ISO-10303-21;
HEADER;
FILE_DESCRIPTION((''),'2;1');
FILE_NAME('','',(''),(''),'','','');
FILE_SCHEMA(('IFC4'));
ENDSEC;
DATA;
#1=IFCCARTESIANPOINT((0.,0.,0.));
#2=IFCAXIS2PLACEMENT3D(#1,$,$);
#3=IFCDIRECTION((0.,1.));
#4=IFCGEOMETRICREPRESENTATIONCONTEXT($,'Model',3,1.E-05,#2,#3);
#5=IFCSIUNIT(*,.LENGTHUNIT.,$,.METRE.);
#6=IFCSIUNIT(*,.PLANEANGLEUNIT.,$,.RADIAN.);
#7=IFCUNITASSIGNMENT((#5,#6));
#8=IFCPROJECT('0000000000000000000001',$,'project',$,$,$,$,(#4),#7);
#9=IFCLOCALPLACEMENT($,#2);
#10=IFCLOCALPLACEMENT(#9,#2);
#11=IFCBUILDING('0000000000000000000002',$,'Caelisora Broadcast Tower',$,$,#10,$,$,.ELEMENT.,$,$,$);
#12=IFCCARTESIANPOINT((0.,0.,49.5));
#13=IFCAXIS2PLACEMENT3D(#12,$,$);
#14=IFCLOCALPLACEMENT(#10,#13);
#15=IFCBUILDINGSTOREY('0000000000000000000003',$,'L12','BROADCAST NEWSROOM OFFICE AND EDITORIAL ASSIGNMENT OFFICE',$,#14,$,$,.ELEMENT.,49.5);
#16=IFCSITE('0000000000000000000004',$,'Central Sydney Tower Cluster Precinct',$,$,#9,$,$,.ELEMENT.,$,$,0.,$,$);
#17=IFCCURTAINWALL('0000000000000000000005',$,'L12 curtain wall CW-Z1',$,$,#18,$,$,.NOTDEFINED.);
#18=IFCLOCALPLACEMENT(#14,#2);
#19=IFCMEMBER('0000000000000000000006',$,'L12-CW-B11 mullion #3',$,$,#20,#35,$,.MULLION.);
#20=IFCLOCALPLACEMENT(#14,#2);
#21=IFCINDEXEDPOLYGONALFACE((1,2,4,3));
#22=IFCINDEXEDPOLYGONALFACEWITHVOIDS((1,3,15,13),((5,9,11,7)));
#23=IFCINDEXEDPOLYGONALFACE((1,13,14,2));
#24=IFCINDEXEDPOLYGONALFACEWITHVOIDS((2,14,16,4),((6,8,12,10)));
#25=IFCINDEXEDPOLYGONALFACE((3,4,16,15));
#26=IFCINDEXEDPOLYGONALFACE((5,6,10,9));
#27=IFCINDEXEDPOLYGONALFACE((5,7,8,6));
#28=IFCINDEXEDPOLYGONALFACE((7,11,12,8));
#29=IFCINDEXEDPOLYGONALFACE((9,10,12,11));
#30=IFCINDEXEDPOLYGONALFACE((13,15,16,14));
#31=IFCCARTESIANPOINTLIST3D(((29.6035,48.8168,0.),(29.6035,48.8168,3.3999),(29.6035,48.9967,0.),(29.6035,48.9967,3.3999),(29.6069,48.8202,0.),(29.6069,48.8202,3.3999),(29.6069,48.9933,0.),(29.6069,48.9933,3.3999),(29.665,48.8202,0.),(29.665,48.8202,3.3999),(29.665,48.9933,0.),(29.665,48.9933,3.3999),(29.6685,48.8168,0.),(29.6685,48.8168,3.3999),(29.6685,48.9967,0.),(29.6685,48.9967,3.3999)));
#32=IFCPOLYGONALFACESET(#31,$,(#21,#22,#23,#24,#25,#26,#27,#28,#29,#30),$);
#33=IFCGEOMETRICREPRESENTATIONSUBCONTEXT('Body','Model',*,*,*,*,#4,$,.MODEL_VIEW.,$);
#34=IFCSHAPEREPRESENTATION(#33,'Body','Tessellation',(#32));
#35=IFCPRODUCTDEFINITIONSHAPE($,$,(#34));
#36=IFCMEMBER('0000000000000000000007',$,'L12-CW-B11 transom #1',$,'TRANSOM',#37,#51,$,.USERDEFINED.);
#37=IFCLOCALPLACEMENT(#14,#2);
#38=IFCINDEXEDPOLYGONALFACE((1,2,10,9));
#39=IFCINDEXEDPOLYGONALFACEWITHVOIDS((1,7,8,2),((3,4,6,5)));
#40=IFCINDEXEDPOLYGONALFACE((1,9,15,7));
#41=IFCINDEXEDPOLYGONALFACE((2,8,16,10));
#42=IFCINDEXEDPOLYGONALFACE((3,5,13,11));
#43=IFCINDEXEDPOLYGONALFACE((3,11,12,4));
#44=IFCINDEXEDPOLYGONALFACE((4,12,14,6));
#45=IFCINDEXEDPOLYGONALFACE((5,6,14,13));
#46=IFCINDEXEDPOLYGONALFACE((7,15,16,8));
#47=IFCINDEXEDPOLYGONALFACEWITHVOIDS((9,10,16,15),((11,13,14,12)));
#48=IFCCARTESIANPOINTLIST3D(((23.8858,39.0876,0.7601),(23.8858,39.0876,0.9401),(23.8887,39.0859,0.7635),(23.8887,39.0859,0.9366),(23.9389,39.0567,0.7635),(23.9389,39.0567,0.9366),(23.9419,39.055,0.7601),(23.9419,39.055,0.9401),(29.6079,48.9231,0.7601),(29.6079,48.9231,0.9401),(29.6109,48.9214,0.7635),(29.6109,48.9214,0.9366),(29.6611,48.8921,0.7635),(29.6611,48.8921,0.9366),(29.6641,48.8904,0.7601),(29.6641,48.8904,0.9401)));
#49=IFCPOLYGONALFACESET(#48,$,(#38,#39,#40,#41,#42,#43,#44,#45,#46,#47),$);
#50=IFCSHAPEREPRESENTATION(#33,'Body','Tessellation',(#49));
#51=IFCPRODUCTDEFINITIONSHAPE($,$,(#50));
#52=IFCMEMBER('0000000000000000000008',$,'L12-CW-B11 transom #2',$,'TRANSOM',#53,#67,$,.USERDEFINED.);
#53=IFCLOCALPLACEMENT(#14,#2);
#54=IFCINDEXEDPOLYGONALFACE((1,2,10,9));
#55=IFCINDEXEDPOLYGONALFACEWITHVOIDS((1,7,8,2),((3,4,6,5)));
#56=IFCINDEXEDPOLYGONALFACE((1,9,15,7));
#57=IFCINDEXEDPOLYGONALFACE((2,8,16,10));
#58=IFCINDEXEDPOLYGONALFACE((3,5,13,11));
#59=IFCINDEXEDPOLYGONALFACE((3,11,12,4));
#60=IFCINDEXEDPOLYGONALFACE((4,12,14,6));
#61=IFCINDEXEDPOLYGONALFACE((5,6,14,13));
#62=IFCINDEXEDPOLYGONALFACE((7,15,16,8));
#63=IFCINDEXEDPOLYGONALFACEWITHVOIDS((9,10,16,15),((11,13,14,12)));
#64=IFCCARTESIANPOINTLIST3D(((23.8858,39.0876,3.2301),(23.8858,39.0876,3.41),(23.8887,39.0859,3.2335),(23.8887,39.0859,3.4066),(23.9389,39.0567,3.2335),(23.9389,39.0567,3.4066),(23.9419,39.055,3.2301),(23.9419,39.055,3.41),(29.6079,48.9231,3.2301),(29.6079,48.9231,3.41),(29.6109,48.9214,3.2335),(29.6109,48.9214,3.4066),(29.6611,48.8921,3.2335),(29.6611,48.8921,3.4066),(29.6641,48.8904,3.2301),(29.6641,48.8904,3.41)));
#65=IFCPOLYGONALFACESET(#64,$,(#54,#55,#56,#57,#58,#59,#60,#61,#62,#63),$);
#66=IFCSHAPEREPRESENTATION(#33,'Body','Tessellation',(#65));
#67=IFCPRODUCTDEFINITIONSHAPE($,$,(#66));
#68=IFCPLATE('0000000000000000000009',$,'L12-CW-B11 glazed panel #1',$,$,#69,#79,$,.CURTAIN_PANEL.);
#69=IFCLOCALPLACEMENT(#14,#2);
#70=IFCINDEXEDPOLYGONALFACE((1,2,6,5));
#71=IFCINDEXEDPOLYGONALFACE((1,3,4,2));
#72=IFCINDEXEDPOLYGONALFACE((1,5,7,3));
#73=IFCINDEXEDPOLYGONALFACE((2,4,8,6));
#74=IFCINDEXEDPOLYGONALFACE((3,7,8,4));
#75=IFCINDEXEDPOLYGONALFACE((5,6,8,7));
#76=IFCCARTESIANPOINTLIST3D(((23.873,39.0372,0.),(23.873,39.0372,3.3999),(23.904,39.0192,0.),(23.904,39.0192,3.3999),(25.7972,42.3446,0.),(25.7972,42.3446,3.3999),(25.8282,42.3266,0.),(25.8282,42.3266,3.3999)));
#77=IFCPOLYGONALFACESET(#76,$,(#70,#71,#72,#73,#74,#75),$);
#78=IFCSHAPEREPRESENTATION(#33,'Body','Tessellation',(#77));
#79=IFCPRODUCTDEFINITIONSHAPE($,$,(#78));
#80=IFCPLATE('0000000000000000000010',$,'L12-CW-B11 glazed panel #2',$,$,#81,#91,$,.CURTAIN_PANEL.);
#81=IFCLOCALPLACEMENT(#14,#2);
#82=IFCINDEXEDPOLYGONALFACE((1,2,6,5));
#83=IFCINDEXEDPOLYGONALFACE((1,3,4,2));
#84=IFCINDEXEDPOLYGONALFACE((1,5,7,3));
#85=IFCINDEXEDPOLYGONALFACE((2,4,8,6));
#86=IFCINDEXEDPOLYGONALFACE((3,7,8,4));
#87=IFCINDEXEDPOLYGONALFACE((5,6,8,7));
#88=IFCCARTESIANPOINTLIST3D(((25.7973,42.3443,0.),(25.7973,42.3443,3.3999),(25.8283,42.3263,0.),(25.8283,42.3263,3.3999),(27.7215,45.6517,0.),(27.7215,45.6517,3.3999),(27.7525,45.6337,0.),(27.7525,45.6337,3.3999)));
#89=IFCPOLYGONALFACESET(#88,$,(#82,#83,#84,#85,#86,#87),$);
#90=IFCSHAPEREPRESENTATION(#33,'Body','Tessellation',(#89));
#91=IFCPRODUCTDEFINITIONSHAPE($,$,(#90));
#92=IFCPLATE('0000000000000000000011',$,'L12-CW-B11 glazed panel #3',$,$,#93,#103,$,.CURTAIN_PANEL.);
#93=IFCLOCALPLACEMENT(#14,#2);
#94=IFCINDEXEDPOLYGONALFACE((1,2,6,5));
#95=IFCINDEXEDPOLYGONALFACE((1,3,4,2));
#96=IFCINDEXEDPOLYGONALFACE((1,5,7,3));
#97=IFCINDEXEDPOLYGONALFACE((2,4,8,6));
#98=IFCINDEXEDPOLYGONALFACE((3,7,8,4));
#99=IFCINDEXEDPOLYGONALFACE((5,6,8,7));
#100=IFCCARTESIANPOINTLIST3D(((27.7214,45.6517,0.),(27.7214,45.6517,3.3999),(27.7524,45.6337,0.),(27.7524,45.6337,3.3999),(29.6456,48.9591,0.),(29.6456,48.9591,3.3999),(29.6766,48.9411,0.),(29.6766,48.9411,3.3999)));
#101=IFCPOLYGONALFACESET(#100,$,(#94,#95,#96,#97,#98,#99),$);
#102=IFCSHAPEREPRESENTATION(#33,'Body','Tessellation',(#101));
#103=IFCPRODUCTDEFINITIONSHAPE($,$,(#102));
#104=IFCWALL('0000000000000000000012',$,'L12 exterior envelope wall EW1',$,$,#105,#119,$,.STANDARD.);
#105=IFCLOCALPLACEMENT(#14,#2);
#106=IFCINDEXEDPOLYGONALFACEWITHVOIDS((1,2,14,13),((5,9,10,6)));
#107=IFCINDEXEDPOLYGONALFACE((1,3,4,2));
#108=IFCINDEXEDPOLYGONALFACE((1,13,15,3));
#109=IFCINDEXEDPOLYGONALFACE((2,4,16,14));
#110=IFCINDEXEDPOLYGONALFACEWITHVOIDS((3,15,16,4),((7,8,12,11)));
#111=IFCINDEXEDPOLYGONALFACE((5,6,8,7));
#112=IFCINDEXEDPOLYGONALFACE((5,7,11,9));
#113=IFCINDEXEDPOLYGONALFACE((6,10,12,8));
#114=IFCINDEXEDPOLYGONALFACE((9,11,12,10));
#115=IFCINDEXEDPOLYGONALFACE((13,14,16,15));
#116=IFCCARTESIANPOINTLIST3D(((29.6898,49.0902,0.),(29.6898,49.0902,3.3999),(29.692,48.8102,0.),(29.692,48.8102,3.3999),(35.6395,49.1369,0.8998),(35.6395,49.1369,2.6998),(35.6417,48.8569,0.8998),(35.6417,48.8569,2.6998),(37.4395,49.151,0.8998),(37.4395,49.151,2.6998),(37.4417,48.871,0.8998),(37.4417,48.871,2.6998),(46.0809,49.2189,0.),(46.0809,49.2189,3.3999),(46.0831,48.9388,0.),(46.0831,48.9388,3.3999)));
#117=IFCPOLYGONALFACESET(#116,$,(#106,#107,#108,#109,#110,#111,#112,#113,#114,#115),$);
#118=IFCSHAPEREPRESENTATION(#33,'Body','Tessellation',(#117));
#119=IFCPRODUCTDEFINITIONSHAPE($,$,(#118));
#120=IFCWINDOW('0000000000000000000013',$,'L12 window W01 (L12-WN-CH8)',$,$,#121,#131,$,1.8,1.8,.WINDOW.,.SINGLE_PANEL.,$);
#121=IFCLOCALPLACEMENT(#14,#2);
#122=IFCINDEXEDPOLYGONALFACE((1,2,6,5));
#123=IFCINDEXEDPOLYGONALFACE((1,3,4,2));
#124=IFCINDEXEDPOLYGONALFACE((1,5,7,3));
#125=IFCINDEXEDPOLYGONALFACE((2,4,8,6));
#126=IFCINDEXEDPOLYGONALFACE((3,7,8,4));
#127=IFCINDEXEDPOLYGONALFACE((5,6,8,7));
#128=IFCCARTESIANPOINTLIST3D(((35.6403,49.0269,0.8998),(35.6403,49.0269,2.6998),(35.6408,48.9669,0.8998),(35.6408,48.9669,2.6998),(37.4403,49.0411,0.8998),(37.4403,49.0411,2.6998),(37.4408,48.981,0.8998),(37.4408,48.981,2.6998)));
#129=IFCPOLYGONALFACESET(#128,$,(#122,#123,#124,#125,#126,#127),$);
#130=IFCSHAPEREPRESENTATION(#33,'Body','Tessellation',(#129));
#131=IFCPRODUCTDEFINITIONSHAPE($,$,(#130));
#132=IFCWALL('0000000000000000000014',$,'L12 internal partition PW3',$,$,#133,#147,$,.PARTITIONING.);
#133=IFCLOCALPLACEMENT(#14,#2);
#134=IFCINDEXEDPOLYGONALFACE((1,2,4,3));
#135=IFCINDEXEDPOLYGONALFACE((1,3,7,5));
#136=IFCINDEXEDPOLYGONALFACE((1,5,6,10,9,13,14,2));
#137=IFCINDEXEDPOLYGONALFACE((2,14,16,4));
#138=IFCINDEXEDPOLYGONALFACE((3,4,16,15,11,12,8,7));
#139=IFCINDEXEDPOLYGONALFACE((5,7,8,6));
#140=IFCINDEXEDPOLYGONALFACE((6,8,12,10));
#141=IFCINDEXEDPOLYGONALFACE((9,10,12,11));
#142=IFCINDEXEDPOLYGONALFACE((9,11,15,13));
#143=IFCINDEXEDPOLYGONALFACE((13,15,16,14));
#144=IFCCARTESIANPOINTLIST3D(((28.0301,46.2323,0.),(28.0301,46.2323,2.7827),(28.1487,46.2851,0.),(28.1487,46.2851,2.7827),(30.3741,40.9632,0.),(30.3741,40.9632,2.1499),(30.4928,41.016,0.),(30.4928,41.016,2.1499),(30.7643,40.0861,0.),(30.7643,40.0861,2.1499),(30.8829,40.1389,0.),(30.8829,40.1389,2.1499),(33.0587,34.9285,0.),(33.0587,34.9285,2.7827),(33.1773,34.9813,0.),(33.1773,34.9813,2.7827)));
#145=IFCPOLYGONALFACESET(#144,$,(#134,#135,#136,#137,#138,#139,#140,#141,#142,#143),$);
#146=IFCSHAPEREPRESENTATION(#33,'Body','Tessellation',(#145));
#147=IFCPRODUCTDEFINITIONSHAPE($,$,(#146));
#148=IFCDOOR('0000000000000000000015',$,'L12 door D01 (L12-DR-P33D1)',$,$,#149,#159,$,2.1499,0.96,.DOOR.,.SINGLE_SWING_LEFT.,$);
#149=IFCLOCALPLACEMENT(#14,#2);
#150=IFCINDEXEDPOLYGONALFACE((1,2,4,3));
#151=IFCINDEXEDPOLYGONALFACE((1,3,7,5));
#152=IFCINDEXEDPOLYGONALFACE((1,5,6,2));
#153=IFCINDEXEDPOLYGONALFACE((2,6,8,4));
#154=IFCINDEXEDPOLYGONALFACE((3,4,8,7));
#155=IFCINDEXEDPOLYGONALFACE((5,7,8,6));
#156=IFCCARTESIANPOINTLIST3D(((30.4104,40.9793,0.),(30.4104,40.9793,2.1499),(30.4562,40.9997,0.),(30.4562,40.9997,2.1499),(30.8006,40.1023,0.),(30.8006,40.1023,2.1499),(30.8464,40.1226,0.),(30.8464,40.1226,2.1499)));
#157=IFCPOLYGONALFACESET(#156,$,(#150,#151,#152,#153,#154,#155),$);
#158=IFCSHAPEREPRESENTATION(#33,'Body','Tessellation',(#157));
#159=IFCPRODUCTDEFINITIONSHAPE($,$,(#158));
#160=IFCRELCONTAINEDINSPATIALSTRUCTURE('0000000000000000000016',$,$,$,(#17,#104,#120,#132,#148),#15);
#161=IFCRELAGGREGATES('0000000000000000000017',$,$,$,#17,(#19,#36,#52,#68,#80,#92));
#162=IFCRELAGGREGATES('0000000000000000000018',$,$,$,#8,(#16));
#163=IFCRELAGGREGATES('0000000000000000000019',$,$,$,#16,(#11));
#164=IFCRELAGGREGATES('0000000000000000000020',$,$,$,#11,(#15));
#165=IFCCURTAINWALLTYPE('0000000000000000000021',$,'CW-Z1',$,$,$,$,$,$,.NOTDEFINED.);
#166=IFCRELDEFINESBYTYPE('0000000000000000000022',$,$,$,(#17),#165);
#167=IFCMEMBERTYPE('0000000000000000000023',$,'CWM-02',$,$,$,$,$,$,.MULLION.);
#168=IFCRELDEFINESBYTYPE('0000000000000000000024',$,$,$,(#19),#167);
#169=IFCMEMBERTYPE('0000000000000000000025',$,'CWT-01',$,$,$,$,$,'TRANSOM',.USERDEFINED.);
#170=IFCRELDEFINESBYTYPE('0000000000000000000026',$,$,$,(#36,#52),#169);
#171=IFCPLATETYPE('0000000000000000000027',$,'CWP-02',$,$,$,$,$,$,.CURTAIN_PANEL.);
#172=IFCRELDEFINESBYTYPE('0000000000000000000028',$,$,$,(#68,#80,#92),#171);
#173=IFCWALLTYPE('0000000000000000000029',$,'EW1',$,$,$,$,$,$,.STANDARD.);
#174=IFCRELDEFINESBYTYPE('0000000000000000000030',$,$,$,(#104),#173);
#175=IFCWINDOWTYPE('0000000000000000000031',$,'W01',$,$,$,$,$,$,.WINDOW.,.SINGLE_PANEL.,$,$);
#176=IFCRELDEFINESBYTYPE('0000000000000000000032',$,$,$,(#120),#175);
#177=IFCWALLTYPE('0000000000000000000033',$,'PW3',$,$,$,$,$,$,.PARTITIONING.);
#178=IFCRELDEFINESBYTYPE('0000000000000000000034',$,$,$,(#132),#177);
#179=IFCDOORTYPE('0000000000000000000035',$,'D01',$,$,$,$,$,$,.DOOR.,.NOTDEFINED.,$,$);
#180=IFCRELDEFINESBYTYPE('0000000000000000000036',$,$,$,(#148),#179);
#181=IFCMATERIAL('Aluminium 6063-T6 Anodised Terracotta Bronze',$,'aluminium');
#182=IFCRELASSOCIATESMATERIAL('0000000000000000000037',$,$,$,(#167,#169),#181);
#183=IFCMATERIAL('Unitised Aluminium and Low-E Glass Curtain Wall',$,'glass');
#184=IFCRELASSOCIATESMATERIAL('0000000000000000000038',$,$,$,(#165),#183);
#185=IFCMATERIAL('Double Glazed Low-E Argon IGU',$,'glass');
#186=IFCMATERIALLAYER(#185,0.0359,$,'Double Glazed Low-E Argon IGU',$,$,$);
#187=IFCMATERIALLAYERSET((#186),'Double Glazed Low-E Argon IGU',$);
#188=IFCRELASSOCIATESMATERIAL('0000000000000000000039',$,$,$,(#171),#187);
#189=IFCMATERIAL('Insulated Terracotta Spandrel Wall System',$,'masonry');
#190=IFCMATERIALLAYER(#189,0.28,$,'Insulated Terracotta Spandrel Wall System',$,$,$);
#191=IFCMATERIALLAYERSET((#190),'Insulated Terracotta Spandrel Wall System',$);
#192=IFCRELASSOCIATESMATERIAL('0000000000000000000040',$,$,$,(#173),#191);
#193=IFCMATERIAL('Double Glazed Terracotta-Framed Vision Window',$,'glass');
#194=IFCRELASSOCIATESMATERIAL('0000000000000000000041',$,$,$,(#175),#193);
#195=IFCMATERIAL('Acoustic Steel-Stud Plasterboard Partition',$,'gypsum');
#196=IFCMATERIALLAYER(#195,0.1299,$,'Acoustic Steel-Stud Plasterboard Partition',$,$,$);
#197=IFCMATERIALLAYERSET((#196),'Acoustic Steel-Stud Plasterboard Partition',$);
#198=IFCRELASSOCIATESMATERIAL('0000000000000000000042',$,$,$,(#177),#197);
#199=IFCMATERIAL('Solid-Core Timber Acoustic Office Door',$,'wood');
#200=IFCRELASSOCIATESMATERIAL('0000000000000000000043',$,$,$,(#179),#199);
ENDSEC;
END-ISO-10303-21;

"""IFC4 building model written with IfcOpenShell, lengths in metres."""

from ifc_helpers import new_model, si_unit, direction, frame, frame_2d, origin, origin_2d, place, context, subcontext, project, spatial, rectangle, hollow_rectangle, extrude, source, transform, mapped, material, layer, layer_set, material_profile, profile_set, type_object, type_shapes, element, fill, aggregate, save


model = new_model("IFC4")

# Units and contexts
model_context = context("Model", 3, precision=1e-05, world=origin(), true_north=direction((0.0, 1.0)))
body_context = subcontext(model_context, "Body", "Model", "MODEL_VIEW")
ifc_project = project(units=[si_unit("LENGTHUNIT", "METRE"), si_unit("PLANEANGLEUNIT", "RADIAN")], contexts=[model_context])

# Site, building, storey
site_placement = place(None, origin())
site = spatial("IfcSite", under=ifc_project, at=site_placement, Name="Central Sydney Tower Cluster Precinct", CompositionType="ELEMENT", RefElevation=0.0)
building_placement = place(site_placement, origin())
building = spatial("IfcBuilding", under=site, at=building_placement, Name="Caelisora Broadcast Tower", CompositionType="ELEMENT")
storey_placement = place(building_placement, frame((0.0, 0.0, 49.5)))
storey = spatial("IfcBuildingStorey", under=building, at=storey_placement, Name="L12", Description="BROADCAST NEWSROOM OFFICE AND EDITORIAL ASSIGNMENT OFFICE", CompositionType="ELEMENT", Elevation=49.5)

# Shared definitions
ifc_material_1 = material(Name="Aluminium 6063-T6 Anodised Terracotta Bronze", Category="aluminium")
ifc_material_profile_1 = material_profile(ifc_material_1, hollow_rectangle(XDim=0.0649, YDim=0.1799, WallThickness=0.0034, at=origin_2d()), Name="Aluminium 6063-T6 Anodised Terracotta Bronze")
ifc_profile_set_1 = profile_set([ifc_material_profile_1], Name="Aluminium 6063-T6 Anodised Terracotta Bronze")
member_type_1 = type_object("IfcMemberType", Name="CWM-02", PredefinedType="MULLION", material=ifc_profile_set_1)
shared_shape_1 = source(origin(), body_context, "Body", "SweptSolid", [
    extrude(hollow_rectangle(XDim=0.0649, YDim=0.1799, WallThickness=0.0034, at=origin_2d()), origin(), (0.0, 0.0, 1.0), 3.3999),
])
type_shapes(member_type_1, [shared_shape_1])

# Curtain wall, members, plates
ifc_material_2 = material(Name="Unitised Aluminium and Low-E Glass Curtain Wall", Category="glass")
curtain_wall_type_1 = type_object("IfcCurtainWallType", Name="CW-Z1", PredefinedType="NOTDEFINED", material=ifc_material_2)
curtain_wall_1_placement = place(storey_placement, origin())
curtain_wall_1 = element("IfcCurtainWall", 1, at=curtain_wall_1_placement, inside=storey, type_object=curtain_wall_type_1, Name="L12 curtain wall CW-Z1", PredefinedType="NOTDEFINED")
member_1_placement = place(storey_placement, frame((29.636, 48.9067, 0.0), z_axis=(0.0, 0.0, 1.0), x_axis=(1.0, 0.0, 0.0)))
member_1 = element("IfcMember", 2, at=member_1_placement, type_object=member_type_1, Name="L12-CW-B11 mullion #3", PredefinedType="MULLION", context=body_context, shape_type="MappedRepresentation", body=[
    mapped(shared_shape_1, transform((0.0, 0.0, 0.0), scale=1.0)),
])
ifc_material_profile_2 = material_profile(ifc_material_1, hollow_rectangle(XDim=0.0649, YDim=0.1799, WallThickness=0.0034, at=origin_2d()), Name="Aluminium 6063-T6 Anodised Terracotta Bronze")
ifc_profile_set_2 = profile_set([ifc_material_profile_2], Name="Aluminium 6063-T6 Anodised Terracotta Bronze")
member_type_2 = type_object("IfcMemberType", Name="CWT-01", ElementType="TRANSOM", PredefinedType="USERDEFINED", material=ifc_profile_set_2)
shared_shape_2 = source(origin(), body_context, "Body", "SweptSolid", [
    extrude(hollow_rectangle(XDim=0.0649, YDim=0.1799, WallThickness=0.0034, at=origin_2d()), origin(), (0.0, 0.0, 1.0), 11.3789),
])
type_shapes(member_type_2, [shared_shape_2])
member_2_placement = place(storey_placement, frame((23.9138, 39.0713, 0.8501), z_axis=(0.502876, 0.864359, 0.0), x_axis=(-0.864359, 0.502876, 0.0)))
member_2 = element("IfcMember", 3, at=member_2_placement, type_object=member_type_2, Name="L12-CW-B11 transom #1", ObjectType="TRANSOM", PredefinedType="USERDEFINED", context=body_context, shape_type="MappedRepresentation", body=[
    mapped(shared_shape_2, transform((0.0, 0.0, 0.0), scale=1.0)),
])
member_3_placement = place(storey_placement, frame((23.9138, 39.0713, 3.3201), z_axis=(0.502876, 0.864359, 0.0), x_axis=(-0.864359, 0.502876, 0.0)))
member_3 = element("IfcMember", 4, at=member_3_placement, type_object=member_type_2, Name="L12-CW-B11 transom #2", ObjectType="TRANSOM", PredefinedType="USERDEFINED", context=body_context, shape_type="MappedRepresentation", body=[
    mapped(shared_shape_2, transform((0.0, 0.0, 0.0), scale=1.0)),
])
ifc_material_3 = material(Name="Double Glazed Low-E Argon IGU", Category="glass")
ifc_layer_1 = layer(ifc_material_3, 0.0359, Name="Double Glazed Low-E Argon IGU")
ifc_layer_set_1 = layer_set([ifc_layer_1], Name="Double Glazed Low-E Argon IGU")
plate_type = type_object("IfcPlateType", Name="CWP-02", PredefinedType="CURTAIN_PANEL", material=ifc_layer_set_1)
shared_shape_3 = source(origin(), body_context, "Body", "SweptSolid", [
    extrude(rectangle(XDim=3.8264, YDim=0.0359, at=origin_2d()), origin(), (0.0, 0.0, 1.0), 3.3999),
])
type_shapes(plate_type, [shared_shape_3])
plate_1_placement = place(storey_placement, frame((24.8506, 40.6819, 0.0), z_axis=(0.0, 0.0, 1.0), x_axis=(0.502869, 0.864363, 0.0)))
plate_1 = element("IfcPlate", 5, at=plate_1_placement, type_object=plate_type, Name="L12-CW-B11 glazed panel #1", PredefinedType="CURTAIN_PANEL", context=body_context, shape_type="MappedRepresentation", body=[
    mapped(shared_shape_3, transform((0.0, 0.0, 0.0), scale=1.0)),
])
plate_2_placement = place(storey_placement, frame((26.7749, 43.989, 0.0), z_axis=(0.0, 0.0, 1.0), x_axis=(0.502869, 0.864363, 0.0)))
plate_2 = element("IfcPlate", 6, at=plate_2_placement, type_object=plate_type, Name="L12-CW-B11 glazed panel #2", PredefinedType="CURTAIN_PANEL", context=body_context, shape_type="MappedRepresentation", body=[
    mapped(shared_shape_3, transform((0.0, 0.0, 0.0), scale=1.0)),
])
plate_3_placement = place(storey_placement, frame((28.699, 47.2964, 0.0), z_axis=(0.0, 0.0, 1.0), x_axis=(0.502869, 0.864363, 0.0)))
plate_3 = element("IfcPlate", 7, at=plate_3_placement, type_object=plate_type, Name="L12-CW-B11 glazed panel #3", PredefinedType="CURTAIN_PANEL", context=body_context, shape_type="MappedRepresentation", body=[
    mapped(shared_shape_3, transform((0.0, 0.0, 0.0), scale=1.0)),
])
aggregate(curtain_wall_1, [member_1, member_2, member_3, plate_1, plate_2, plate_3])

# Wall, opening, window
ifc_material_4 = material(Name="Insulated Terracotta Spandrel Wall System", Category="masonry")
ifc_layer_2 = layer(ifc_material_4, 0.28, Name="Insulated Terracotta Spandrel Wall System")
ifc_layer_set_2 = layer_set([ifc_layer_2], Name="Insulated Terracotta Spandrel Wall System")
wall_type_1 = type_object("IfcWallType", Name="EW1", PredefinedType="STANDARD", material=ifc_layer_set_2)
wall_1_placement = place(storey_placement, frame((29.6909, 48.9502, 0.0), z_axis=(0.0, 0.0, 1.0), x_axis=(0.999969, 0.007849, 0.0)))
wall_1 = element("IfcWall", 8, at=wall_1_placement, inside=storey, type_object=wall_type_1, Name="L12 exterior envelope wall EW1", PredefinedType="STANDARD", context=body_context, shape_type="SweptSolid", body=[
    extrude(rectangle(XDim=16.3916, YDim=0.28, at=frame_2d((8.1958, 0.0))), origin(), (0.0, 0.0, 1.0), 3.3999),
])
opening_1_placement = place(wall_1_placement, frame((5.95, 0.0, 0.8999)))
opening_1 = element("IfcOpeningElement", 9, at=opening_1_placement, cuts=wall_1, PredefinedType="OPENING", context=body_context, shape_type="SweptSolid", body=[
    extrude(rectangle(XDim=1.8, YDim=1.8, at=frame_2d((0.8999, 0.8999))), frame((0.0, 0.1521, 0.0), z_axis=(0.0, -1.0, 0.0), x_axis=(1.0, 0.0, 0.0)), (0.0, 0.0, 1.0), 0.304),
])
ifc_material_5 = material(Name="Double Glazed Terracotta-Framed Vision Window", Category="glass")
window_type = type_object("IfcWindowType", Name="W01", PartitioningType="SINGLE_PANEL", PredefinedType="WINDOW", material=ifc_material_5)
window_placement = place(opening_1_placement, origin())
window = element("IfcWindow", 10, at=window_placement, inside=storey, type_object=window_type, Name="L12 window W01 (L12-WN-CH8)", OverallHeight=1.8, OverallWidth=1.8, PartitioningType="SINGLE_PANEL", PredefinedType="WINDOW", context=body_context, shape_type="SweptSolid", body=[
    extrude(rectangle(XDim=1.8, YDim=1.8, at=frame_2d((0.8999, 0.8999))), frame((0.0, 0.03, 0.0), z_axis=(0.0, -1.0, 0.0), x_axis=(1.0, 0.0, 0.0)), (0.0, 0.0, 1.0), 0.0601),
])
fill(opening_1, window)

# Wall, opening, door
ifc_material_6 = material(Name="Acoustic Steel-Stud Plasterboard Partition", Category="gypsum")
ifc_layer_3 = layer(ifc_material_6, 0.1299, Name="Acoustic Steel-Stud Plasterboard Partition")
ifc_layer_set_3 = layer_set([ifc_layer_3], Name="Acoustic Steel-Stud Plasterboard Partition")
wall_type_2 = type_object("IfcWallType", Name="PW3", PredefinedType="PARTITIONING", material=ifc_layer_set_3)
wall_2_placement = place(storey_placement, frame((28.0894, 46.2588, 0.0), z_axis=(0.0, 0.0, 1.0), x_axis=(0.406455, -0.913671, 0.0)))
wall_2 = element("IfcWall", 11, at=wall_2_placement, inside=storey, type_object=wall_type_2, Name="L12 internal partition PW3", PredefinedType="PARTITIONING", context=body_context, shape_type="SweptSolid", body=[
    extrude(rectangle(XDim=12.3718, YDim=0.1299, at=frame_2d((6.186, 0.0))), origin(), (0.0, 0.0, 1.0), 2.7827),
])
opening_2_placement = place(wall_2_placement, frame((5.7671, 0.0, 0.0)))
opening_2 = element("IfcOpeningElement", 12, at=opening_2_placement, cuts=wall_2, PredefinedType="OPENING", context=body_context, shape_type="SweptSolid", body=[
    extrude(rectangle(XDim=0.96, YDim=2.1499, at=frame_2d((0.48, 1.075))), frame((0.0, 0.0769, 0.0), z_axis=(0.0, -1.0, 0.0), x_axis=(1.0, 0.0, 0.0)), (0.0, 0.0, 1.0), 0.1538),
])
ifc_material_7 = material(Name="Solid-Core Timber Acoustic Office Door", Category="wood")
door_type = type_object("IfcDoorType", Name="D01", OperationType="NOTDEFINED", PredefinedType="DOOR", material=ifc_material_7)
door_placement = place(opening_2_placement, origin())
door = element("IfcDoor", 13, at=door_placement, inside=storey, type_object=door_type, Name="L12 door D01 (L12-DR-P33D1)", OperationType="SINGLE_SWING_LEFT", OverallHeight=2.1499, OverallWidth=0.96, PredefinedType="DOOR", context=body_context, shape_type="SweptSolid", body=[
    extrude(rectangle(XDim=0.96, YDim=2.1499, at=frame_2d((0.48, 1.075))), frame((0.0, 0.0249, 0.0), z_axis=(0.0, -1.0, 0.0), x_axis=(1.0, 0.0, 0.0)), (0.0, 0.0, 1.0), 0.05),
])
fill(opening_2, door)

save(model, "model.ifc")
